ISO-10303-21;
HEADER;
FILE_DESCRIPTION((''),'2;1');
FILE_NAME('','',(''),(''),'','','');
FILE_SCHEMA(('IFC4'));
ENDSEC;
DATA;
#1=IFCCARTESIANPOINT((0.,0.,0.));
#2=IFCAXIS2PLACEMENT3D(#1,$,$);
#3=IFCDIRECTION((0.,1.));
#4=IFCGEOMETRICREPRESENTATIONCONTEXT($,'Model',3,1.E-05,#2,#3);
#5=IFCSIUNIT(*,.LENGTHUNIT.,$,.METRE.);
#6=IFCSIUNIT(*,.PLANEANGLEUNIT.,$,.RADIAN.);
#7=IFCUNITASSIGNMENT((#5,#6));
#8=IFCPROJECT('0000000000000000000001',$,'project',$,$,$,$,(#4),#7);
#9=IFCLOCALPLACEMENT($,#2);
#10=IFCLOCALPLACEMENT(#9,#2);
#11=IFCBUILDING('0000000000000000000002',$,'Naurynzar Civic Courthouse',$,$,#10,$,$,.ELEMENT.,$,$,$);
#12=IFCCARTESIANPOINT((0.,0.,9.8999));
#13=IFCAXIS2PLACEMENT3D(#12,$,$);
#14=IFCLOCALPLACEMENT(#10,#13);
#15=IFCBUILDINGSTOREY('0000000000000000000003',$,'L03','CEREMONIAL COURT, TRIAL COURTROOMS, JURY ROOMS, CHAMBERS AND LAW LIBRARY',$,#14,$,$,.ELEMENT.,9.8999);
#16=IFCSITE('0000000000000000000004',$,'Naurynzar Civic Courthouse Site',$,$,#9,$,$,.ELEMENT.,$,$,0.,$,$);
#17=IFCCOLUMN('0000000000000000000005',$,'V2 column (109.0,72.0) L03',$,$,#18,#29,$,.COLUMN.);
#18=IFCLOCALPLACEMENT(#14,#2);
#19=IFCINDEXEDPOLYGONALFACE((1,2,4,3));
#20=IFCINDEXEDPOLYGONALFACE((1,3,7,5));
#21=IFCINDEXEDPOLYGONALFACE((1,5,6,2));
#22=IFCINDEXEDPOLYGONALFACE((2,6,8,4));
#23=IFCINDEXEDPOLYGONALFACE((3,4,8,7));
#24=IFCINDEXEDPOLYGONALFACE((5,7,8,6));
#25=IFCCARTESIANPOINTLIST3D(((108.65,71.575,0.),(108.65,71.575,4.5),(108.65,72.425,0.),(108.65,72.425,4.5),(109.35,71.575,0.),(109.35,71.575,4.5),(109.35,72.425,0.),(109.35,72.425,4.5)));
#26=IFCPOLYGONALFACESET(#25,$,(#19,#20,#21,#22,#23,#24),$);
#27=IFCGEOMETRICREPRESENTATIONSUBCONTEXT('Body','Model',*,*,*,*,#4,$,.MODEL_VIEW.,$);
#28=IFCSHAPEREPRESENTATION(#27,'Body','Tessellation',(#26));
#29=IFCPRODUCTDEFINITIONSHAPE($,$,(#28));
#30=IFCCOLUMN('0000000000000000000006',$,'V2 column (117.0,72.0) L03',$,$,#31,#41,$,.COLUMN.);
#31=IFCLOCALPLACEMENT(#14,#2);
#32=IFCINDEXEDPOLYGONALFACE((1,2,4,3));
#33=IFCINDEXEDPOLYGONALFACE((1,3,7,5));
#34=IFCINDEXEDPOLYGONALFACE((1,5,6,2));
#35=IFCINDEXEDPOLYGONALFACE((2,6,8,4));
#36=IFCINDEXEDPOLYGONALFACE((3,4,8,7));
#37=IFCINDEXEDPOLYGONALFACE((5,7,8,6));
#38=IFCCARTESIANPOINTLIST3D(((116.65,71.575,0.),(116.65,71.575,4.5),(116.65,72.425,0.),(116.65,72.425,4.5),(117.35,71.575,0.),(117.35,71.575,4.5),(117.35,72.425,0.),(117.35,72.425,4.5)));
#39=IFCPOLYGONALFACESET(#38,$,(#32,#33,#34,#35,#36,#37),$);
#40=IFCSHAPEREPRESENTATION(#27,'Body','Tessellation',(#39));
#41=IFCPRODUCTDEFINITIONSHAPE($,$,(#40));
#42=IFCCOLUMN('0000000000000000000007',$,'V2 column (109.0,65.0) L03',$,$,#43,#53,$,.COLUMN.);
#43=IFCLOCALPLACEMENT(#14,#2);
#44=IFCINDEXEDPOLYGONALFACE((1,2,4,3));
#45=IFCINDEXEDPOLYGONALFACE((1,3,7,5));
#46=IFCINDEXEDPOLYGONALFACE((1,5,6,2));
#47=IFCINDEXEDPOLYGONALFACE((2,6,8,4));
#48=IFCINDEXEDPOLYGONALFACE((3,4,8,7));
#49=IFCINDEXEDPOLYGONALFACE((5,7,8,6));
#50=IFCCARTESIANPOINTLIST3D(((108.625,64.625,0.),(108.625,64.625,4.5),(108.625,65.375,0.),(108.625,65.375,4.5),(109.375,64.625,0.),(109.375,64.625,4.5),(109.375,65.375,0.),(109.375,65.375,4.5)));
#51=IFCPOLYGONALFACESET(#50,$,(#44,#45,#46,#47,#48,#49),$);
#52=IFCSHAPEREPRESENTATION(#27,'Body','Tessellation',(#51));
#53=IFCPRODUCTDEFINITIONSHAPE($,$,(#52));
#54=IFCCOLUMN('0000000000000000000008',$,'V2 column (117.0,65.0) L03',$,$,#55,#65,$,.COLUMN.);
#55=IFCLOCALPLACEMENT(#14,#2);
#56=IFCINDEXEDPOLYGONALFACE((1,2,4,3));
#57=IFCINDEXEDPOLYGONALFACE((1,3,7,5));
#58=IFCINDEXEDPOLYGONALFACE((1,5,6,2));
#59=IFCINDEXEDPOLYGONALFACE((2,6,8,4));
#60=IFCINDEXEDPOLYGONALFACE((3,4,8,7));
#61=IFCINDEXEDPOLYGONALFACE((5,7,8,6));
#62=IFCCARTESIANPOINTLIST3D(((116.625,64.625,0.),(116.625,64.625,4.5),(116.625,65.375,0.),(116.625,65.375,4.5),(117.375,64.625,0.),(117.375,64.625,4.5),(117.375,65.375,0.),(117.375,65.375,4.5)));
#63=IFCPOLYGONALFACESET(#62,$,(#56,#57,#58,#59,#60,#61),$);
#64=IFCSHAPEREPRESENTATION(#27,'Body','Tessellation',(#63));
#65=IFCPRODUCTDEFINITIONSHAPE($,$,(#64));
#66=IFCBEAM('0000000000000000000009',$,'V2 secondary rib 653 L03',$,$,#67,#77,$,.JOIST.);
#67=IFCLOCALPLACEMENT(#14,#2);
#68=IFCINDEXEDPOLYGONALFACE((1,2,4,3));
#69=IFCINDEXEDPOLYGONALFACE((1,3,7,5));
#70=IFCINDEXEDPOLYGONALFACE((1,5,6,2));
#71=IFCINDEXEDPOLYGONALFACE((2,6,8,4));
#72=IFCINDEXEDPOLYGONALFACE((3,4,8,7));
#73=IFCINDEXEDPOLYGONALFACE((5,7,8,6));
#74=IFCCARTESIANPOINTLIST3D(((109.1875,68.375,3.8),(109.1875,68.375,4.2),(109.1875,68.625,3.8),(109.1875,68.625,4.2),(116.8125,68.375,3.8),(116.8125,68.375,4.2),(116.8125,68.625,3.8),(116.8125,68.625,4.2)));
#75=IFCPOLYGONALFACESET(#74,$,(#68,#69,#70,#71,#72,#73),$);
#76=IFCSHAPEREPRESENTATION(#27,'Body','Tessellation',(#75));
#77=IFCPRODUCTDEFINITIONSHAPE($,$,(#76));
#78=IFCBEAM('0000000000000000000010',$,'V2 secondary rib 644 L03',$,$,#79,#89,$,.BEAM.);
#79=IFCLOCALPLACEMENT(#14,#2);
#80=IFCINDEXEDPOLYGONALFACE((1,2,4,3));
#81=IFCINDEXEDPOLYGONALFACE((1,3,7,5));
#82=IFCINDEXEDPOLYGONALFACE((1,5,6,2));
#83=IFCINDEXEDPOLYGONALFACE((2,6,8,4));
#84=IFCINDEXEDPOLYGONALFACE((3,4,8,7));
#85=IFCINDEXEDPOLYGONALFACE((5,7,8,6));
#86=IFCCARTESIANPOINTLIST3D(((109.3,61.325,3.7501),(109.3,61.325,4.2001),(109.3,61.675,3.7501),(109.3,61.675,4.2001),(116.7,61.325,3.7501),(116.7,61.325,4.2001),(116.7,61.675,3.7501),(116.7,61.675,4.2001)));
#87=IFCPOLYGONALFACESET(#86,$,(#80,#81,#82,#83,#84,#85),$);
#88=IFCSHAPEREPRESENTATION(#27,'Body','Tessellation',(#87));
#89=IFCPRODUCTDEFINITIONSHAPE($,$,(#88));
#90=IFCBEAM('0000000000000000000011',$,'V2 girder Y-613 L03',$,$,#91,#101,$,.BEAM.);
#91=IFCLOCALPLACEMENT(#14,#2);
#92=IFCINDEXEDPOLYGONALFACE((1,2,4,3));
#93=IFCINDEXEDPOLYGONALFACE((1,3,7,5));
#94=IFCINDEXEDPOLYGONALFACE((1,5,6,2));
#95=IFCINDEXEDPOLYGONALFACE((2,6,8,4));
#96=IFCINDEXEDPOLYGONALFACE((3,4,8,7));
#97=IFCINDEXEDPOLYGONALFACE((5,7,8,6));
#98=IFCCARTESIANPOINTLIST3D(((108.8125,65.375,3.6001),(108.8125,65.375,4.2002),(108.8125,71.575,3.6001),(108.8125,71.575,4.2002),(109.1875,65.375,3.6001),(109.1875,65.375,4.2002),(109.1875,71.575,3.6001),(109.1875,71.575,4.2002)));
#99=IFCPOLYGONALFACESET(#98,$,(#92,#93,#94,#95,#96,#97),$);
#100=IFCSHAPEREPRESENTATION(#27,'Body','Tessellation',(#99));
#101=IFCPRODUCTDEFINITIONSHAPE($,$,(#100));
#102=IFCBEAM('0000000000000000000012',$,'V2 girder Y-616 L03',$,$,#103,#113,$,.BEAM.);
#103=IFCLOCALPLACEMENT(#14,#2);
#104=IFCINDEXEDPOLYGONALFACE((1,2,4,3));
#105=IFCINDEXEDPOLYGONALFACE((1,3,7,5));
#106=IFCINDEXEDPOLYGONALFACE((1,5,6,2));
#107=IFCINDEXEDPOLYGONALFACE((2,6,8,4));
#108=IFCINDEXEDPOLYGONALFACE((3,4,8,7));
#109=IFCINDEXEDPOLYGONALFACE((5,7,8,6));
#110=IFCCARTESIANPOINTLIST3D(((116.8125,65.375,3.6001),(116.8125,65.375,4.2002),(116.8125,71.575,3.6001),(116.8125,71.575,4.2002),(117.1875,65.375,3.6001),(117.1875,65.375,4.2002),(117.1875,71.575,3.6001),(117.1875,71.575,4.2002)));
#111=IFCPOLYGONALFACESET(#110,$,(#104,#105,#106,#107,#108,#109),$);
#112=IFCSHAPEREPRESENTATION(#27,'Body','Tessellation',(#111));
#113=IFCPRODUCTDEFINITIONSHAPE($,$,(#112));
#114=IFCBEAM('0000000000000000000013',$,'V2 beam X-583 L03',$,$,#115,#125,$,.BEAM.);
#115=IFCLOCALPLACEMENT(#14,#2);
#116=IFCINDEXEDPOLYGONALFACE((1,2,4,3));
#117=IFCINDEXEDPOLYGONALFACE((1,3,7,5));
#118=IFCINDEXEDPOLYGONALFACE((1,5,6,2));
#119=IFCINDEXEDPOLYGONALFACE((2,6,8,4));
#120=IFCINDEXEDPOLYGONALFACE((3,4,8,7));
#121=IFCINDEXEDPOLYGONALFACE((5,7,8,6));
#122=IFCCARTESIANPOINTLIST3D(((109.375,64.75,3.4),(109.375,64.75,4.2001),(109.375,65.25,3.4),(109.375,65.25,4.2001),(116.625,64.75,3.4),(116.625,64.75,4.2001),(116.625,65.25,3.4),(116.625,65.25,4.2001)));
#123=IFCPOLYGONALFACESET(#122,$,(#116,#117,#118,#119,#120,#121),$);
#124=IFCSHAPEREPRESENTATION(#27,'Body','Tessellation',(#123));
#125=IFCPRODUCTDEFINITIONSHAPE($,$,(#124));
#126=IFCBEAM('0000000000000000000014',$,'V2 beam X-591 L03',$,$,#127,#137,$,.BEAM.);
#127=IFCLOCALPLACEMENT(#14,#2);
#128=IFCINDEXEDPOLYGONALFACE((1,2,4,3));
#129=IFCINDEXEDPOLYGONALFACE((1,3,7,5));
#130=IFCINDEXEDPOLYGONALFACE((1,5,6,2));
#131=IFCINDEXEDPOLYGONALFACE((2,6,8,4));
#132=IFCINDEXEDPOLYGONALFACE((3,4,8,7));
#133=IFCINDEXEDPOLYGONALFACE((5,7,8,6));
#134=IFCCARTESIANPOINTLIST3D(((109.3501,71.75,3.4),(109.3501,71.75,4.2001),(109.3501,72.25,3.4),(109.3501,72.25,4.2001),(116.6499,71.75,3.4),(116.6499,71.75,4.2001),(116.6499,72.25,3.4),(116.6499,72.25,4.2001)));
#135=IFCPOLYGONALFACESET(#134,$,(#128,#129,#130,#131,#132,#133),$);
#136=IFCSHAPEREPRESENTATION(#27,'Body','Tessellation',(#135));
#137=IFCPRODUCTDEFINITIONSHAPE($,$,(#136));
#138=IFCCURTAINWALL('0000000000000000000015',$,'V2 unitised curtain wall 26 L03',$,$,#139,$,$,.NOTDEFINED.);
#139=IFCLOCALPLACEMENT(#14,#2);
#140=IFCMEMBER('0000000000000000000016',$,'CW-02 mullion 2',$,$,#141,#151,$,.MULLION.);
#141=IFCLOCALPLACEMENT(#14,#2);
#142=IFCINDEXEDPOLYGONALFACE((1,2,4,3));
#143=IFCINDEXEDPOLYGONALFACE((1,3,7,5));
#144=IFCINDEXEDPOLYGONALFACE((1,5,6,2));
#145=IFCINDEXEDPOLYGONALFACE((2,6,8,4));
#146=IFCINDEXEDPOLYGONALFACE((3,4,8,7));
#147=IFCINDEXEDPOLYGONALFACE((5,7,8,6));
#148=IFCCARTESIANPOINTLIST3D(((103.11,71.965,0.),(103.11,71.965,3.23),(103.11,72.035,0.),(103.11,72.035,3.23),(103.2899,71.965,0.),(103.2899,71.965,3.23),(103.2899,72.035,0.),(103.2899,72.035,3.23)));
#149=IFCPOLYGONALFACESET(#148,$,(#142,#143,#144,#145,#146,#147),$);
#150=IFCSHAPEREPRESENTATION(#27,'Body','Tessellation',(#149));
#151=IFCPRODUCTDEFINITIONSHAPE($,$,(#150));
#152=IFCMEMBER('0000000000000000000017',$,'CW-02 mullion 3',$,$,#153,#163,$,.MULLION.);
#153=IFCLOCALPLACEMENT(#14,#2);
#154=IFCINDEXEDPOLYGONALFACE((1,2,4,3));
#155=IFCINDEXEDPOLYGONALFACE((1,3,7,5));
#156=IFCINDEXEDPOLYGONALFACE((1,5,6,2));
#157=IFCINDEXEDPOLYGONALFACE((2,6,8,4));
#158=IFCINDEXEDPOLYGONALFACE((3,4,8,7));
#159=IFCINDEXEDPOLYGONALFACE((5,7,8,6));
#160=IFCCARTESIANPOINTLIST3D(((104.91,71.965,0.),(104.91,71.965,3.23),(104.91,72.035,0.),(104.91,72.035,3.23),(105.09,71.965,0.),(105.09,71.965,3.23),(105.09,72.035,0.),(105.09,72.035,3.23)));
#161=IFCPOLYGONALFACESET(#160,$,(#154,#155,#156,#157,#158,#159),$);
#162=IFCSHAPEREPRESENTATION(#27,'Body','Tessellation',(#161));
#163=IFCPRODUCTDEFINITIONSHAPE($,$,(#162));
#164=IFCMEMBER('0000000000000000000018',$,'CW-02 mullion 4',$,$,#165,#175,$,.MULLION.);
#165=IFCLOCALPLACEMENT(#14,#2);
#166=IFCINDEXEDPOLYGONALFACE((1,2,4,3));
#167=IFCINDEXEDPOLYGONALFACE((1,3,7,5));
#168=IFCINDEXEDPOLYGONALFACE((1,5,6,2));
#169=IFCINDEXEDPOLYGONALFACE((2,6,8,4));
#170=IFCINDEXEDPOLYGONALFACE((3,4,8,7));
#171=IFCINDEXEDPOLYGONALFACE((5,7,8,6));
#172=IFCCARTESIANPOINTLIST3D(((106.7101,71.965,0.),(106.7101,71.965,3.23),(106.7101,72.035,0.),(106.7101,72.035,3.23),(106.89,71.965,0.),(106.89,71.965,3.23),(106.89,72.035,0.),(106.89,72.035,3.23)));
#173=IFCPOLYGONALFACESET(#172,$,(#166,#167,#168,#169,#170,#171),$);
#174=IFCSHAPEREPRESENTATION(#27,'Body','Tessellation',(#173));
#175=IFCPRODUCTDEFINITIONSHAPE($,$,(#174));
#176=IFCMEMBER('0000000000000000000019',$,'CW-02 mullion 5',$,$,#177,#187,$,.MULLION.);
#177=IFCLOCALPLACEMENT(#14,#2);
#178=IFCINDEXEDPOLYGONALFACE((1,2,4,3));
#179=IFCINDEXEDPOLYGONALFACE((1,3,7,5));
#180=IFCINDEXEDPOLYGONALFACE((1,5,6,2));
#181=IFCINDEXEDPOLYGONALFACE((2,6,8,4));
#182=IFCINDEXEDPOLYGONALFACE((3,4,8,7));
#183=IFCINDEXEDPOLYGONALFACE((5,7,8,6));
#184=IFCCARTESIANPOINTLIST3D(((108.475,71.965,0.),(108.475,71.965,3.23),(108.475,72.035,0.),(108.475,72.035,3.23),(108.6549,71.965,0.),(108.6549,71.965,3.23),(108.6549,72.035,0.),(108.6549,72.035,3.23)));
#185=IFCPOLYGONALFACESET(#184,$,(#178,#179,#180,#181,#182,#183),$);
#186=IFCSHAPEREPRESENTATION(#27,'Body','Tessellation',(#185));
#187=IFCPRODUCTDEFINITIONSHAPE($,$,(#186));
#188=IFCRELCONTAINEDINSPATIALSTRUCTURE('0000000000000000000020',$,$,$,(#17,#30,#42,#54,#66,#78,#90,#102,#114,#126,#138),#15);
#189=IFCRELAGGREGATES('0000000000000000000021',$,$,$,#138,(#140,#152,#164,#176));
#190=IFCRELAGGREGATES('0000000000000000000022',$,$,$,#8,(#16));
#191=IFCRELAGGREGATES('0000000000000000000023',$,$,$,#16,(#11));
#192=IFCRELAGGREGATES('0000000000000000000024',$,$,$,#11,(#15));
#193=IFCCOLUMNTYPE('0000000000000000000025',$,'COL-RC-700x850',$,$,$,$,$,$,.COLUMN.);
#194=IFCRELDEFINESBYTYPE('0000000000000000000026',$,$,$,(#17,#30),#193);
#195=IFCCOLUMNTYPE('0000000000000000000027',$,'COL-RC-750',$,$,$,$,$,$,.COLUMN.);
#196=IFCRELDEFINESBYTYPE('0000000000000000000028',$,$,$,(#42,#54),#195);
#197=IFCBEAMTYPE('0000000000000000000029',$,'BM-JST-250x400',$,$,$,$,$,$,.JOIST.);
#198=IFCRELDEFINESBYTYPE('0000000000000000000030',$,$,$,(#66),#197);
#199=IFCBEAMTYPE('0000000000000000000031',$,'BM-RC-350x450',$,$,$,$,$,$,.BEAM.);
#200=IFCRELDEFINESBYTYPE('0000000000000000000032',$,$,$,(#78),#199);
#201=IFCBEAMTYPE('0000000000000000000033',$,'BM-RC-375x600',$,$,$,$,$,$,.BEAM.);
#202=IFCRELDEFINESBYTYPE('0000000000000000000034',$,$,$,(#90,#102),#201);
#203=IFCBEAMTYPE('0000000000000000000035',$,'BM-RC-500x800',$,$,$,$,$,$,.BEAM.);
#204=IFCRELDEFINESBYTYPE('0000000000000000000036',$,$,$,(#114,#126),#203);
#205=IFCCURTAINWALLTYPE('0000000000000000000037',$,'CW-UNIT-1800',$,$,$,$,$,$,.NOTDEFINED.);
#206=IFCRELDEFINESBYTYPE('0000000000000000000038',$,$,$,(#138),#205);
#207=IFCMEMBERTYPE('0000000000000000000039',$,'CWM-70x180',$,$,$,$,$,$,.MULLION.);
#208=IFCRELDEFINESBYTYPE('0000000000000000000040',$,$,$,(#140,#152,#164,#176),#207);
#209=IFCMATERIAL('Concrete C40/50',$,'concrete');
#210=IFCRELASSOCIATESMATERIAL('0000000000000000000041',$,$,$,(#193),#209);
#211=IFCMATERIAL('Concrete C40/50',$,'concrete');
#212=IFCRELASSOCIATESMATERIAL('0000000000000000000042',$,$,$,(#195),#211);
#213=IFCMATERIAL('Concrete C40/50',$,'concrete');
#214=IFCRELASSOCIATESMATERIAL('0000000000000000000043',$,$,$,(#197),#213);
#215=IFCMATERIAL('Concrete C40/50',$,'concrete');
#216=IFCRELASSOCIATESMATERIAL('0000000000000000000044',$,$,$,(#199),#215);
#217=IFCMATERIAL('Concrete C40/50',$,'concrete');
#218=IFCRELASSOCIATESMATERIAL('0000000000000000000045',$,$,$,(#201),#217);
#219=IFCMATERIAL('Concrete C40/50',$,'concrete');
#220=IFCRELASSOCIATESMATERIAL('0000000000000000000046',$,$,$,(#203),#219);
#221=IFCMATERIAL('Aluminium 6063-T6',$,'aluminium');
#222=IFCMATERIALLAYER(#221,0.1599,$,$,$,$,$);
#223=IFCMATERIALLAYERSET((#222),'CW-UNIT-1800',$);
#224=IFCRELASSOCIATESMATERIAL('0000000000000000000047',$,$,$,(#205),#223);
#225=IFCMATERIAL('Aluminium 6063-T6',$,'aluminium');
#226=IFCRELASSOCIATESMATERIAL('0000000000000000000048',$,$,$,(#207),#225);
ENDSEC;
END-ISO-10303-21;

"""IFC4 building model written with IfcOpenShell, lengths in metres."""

from ifc_helpers import new_model, si_unit, direction, frame, origin, origin_2d, place, context, subcontext, project, spatial, rectangle, extrude, material, layer, layer_set, material_profile, profile_set, type_object, element, aggregate, save


model = new_model("IFC4")

# Units and contexts
model_context = context("Model", 3, precision=1e-05, world=origin(), true_north=direction((0.0, 1.0)))
body_context = subcontext(model_context, "Body", "Model", "MODEL_VIEW")
ifc_project = project(units=[si_unit("LENGTHUNIT", "METRE"), si_unit("PLANEANGLEUNIT", "RADIAN")], contexts=[model_context])

# Site, building, storey
site_placement = place(None, origin())
site = spatial("IfcSite", under=ifc_project, at=site_placement, Name="Naurynzar Civic Courthouse Site", CompositionType="ELEMENT", RefElevation=0.0)
building_placement = place(site_placement, origin())
building = spatial("IfcBuilding", under=site, at=building_placement, Name="Naurynzar Civic Courthouse", CompositionType="ELEMENT")
storey_placement = place(building_placement, frame((0.0, 0.0, 9.8999)))
storey = spatial("IfcBuildingStorey", under=building, at=storey_placement, Name="L03", Description="CEREMONIAL COURT, TRIAL COURTROOMS, JURY ROOMS, CHAMBERS AND LAW LIBRARY", CompositionType="ELEMENT", Elevation=9.8999)

# Columns
ifc_material_1 = material(Name="Concrete C40/50", Category="concrete")
ifc_material_profile_1 = material_profile(ifc_material_1, rectangle(XDim=0.7, YDim=0.8501, at=origin_2d()), Name="RC 700x850")
ifc_profile_set_1 = profile_set([ifc_material_profile_1], Name="Concrete C40/50")
column_type_1 = type_object("IfcColumnType", Name="COL-RC-700x850", PredefinedType="COLUMN", material=ifc_profile_set_1)
for number, where, z_axis, x_axis, name in (
    (1, (109.0, 72.0, 0.0), (0.0, 0.0, 1.0), (1.0, 0.0, 0.0), "V2 column (109.0,72.0) L03"),
    (2, (117.0, 72.0, 0.0), (0.0, 0.0, 1.0), (1.0, 0.0, 0.0), "V2 column (117.0,72.0) L03"),
):
    element("IfcColumn", number, at=place(storey_placement, frame(where, z_axis=z_axis, x_axis=x_axis)), inside=storey, type_object=column_type_1, Name=name, PredefinedType="COLUMN", context=body_context, shape_type="SweptSolid", body=[
        extrude(rectangle(XDim=0.7, YDim=0.8501, at=origin_2d()), origin(), (0.0, 0.0, 1.0), 4.5),
    ])
ifc_material_2 = material(Name="Concrete C40/50", Category="concrete")
ifc_material_profile_2 = material_profile(ifc_material_2, rectangle(XDim=0.75, YDim=0.75, at=origin_2d()), Name="RC 750x750")
ifc_profile_set_2 = profile_set([ifc_material_profile_2], Name="Concrete C40/50")
column_type_2 = type_object("IfcColumnType", Name="COL-RC-750", PredefinedType="COLUMN", material=ifc_profile_set_2)
for number, where, z_axis, x_axis, name in (
    (3, (109.0, 65.0, 0.0), (0.0, 0.0, 1.0), (1.0, 0.0, 0.0), "V2 column (109.0,65.0) L03"),
    (4, (117.0, 65.0, 0.0), (0.0, 0.0, 1.0), (1.0, 0.0, 0.0), "V2 column (117.0,65.0) L03"),
):
    element("IfcColumn", number, at=place(storey_placement, frame(where, z_axis=z_axis, x_axis=x_axis)), inside=storey, type_object=column_type_2, Name=name, PredefinedType="COLUMN", context=body_context, shape_type="SweptSolid", body=[
        extrude(rectangle(XDim=0.75, YDim=0.75, at=origin_2d()), origin(), (0.0, 0.0, 1.0), 4.5),
    ])

# Beams
ifc_material_3 = material(Name="Concrete C40/50", Category="concrete")
ifc_material_profile_3 = material_profile(ifc_material_3, rectangle(XDim=0.25, YDim=0.3999, at=origin_2d()), Name="RCB 250x400")
ifc_profile_set_3 = profile_set([ifc_material_profile_3], Name="Concrete C40/50")
beam_type_1 = type_object("IfcBeamType", Name="BM-JST-250x400", PredefinedType="JOIST", material=ifc_profile_set_3)
beam_1_placement = place(storey_placement, frame((109.1875, 68.5, 4.0), z_axis=(1.0, 0.0, 0.0), x_axis=(0.0, 1.0, 0.0)))
element("IfcBeam", 5, at=beam_1_placement, inside=storey, type_object=beam_type_1, Name="V2 secondary rib 653 L03", PredefinedType="JOIST", context=body_context, shape_type="SweptSolid", body=[
    extrude(rectangle(XDim=0.25, YDim=0.3999, at=origin_2d()), origin(), (0.0, 0.0, 1.0), 7.625),
])
ifc_material_4 = material(Name="Concrete C40/50", Category="concrete")
ifc_material_profile_4 = material_profile(ifc_material_4, rectangle(XDim=0.3501, YDim=0.45, at=origin_2d()), Name="RCB 350x450")
ifc_profile_set_4 = profile_set([ifc_material_profile_4], Name="Concrete C40/50")
beam_type_2 = type_object("IfcBeamType", Name="BM-RC-350x450", PredefinedType="BEAM", material=ifc_profile_set_4)
beam_2_placement = place(storey_placement, frame((109.3, 61.5, 3.9751), z_axis=(1.0, 0.0, 0.0), x_axis=(0.0, 1.0, 0.0)))
element("IfcBeam", 6, at=beam_2_placement, inside=storey, type_object=beam_type_2, Name="V2 secondary rib 644 L03", PredefinedType="BEAM", context=body_context, shape_type="SweptSolid", body=[
    extrude(rectangle(XDim=0.3501, YDim=0.45, at=origin_2d()), origin(), (0.0, 0.0, 1.0), 7.3999),
])
ifc_material_5 = material(Name="Concrete C40/50", Category="concrete")
ifc_material_profile_5 = material_profile(ifc_material_5, rectangle(XDim=0.375, YDim=0.6001, at=origin_2d()), Name="RCB 375x600")
ifc_profile_set_5 = profile_set([ifc_material_profile_5], Name="Concrete C40/50")
beam_type_3 = type_object("IfcBeamType", Name="BM-RC-375x600", PredefinedType="BEAM", material=ifc_profile_set_5)
for number, where, z_axis, x_axis, name in (
    (7, (109.0, 65.375, 3.9001), (0.0, 1.0, 0.0), (-1.0, 0.0, 0.0), "V2 girder Y-613 L03"),
    (8, (117.0, 65.375, 3.9001), (0.0, 1.0, 0.0), (-1.0, 0.0, 0.0), "V2 girder Y-616 L03"),
):
    element("IfcBeam", number, at=place(storey_placement, frame(where, z_axis=z_axis, x_axis=x_axis)), inside=storey, type_object=beam_type_3, Name=name, PredefinedType="BEAM", context=body_context, shape_type="SweptSolid", body=[
        extrude(rectangle(XDim=0.375, YDim=0.6001, at=origin_2d()), origin(), (0.0, 0.0, 1.0), 6.2),
    ])
ifc_material_6 = material(Name="Concrete C40/50", Category="concrete")
ifc_material_profile_6 = material_profile(ifc_material_6, rectangle(XDim=0.5, YDim=0.8, at=origin_2d()), Name="RCB 500x800")
ifc_profile_set_6 = profile_set([ifc_material_profile_6], Name="Concrete C40/50")
beam_type_4 = type_object("IfcBeamType", Name="BM-RC-500x800", PredefinedType="BEAM", material=ifc_profile_set_6)
beam_3_placement = place(storey_placement, frame((109.375, 65.0, 3.8), z_axis=(1.0, 0.0, 0.0), x_axis=(0.0, 1.0, 0.0)))
element("IfcBeam", 9, at=beam_3_placement, inside=storey, type_object=beam_type_4, Name="V2 beam X-583 L03", PredefinedType="BEAM", context=body_context, shape_type="SweptSolid", body=[
    extrude(rectangle(XDim=0.5, YDim=0.8, at=origin_2d()), origin(), (0.0, 0.0, 1.0), 7.25),
])
beam_4_placement = place(storey_placement, frame((109.3501, 72.0, 3.8), z_axis=(1.0, 0.0, 0.0), x_axis=(0.0, 1.0, 0.0)))
element("IfcBeam", 10, at=beam_4_placement, inside=storey, type_object=beam_type_4, Name="V2 beam X-591 L03", PredefinedType="BEAM", context=body_context, shape_type="SweptSolid", body=[
    extrude(rectangle(XDim=0.5, YDim=0.8, at=origin_2d()), origin(), (0.0, 0.0, 1.0), 7.2998),
])

# Curtain wall, members
ifc_material_7 = material(Name="Aluminium 6063-T6", Category="aluminium")
ifc_layer_1 = layer(ifc_material_7, 0.1599)
ifc_layer_set_1 = layer_set([ifc_layer_1], Name="CW-UNIT-1800")
curtain_wall_type = type_object("IfcCurtainWallType", Name="CW-UNIT-1800", PredefinedType="NOTDEFINED", material=ifc_layer_set_1)
curtain_wall_placement = place(storey_placement, origin())
curtain_wall = element("IfcCurtainWall", 11, at=curtain_wall_placement, inside=storey, type_object=curtain_wall_type, Name="V2 unitised curtain wall 26 L03", PredefinedType="NOTDEFINED")
ifc_material_8 = material(Name="Aluminium 6063-T6", Category="aluminium")
ifc_material_profile_7 = material_profile(ifc_material_8, rectangle(XDim=0.0701, YDim=0.1799, at=origin_2d()), Name="ALU MULLION 70x180")
ifc_profile_set_7 = profile_set([ifc_material_profile_7], Name="Aluminium 6063-T6")
member_type_1 = type_object("IfcMemberType", Name="CWM-70x180", PredefinedType="MULLION", material=ifc_profile_set_7)
member_1_placement = place(storey_placement, frame((103.2, 72.0, 0.0), z_axis=(0.0, 0.0, 1.0), x_axis=(0.0, 1.0, 0.0)))
member_1 = element("IfcMember", 12, at=member_1_placement, type_object=member_type_1, Name="CW-02 mullion 2", PredefinedType="MULLION", context=body_context, shape_type="SweptSolid", body=[
    extrude(rectangle(XDim=0.0701, YDim=0.1799, at=origin_2d()), origin(), (0.0, 0.0, 1.0), 3.23),
])
member_2_placement = place(storey_placement, frame((105.0, 72.0, 0.0), z_axis=(0.0, 0.0, 1.0), x_axis=(0.0, 1.0, 0.0)))
member_2 = element("IfcMember", 13, at=member_2_placement, type_object=member_type_1, Name="CW-02 mullion 3", PredefinedType="MULLION", context=body_context, shape_type="SweptSolid", body=[
    extrude(rectangle(XDim=0.0701, YDim=0.1799, at=origin_2d()), origin(), (0.0, 0.0, 1.0), 3.23),
])
member_3_placement = place(storey_placement, frame((106.8, 72.0, 0.0), z_axis=(0.0, 0.0, 1.0), x_axis=(0.0, 1.0, 0.0)))
member_3 = element("IfcMember", 14, at=member_3_placement, type_object=member_type_1, Name="CW-02 mullion 4", PredefinedType="MULLION", context=body_context, shape_type="SweptSolid", body=[
    extrude(rectangle(XDim=0.0701, YDim=0.1799, at=origin_2d()), origin(), (0.0, 0.0, 1.0), 3.23),
])
member_4_placement = place(storey_placement, frame((108.5649, 72.0, 0.0), z_axis=(0.0, 0.0, 1.0), x_axis=(0.0, 1.0, 0.0)))
member_4 = element("IfcMember", 15, at=member_4_placement, type_object=member_type_1, Name="CW-02 mullion 5", PredefinedType="MULLION", context=body_context, shape_type="SweptSolid", body=[
    extrude(rectangle(XDim=0.0701, YDim=0.1799, at=origin_2d()), origin(), (0.0, 0.0, 1.0), 3.23),
])
aggregate(curtain_wall, [member_1, member_2, member_3, member_4])

save(model, "model.ifc")
